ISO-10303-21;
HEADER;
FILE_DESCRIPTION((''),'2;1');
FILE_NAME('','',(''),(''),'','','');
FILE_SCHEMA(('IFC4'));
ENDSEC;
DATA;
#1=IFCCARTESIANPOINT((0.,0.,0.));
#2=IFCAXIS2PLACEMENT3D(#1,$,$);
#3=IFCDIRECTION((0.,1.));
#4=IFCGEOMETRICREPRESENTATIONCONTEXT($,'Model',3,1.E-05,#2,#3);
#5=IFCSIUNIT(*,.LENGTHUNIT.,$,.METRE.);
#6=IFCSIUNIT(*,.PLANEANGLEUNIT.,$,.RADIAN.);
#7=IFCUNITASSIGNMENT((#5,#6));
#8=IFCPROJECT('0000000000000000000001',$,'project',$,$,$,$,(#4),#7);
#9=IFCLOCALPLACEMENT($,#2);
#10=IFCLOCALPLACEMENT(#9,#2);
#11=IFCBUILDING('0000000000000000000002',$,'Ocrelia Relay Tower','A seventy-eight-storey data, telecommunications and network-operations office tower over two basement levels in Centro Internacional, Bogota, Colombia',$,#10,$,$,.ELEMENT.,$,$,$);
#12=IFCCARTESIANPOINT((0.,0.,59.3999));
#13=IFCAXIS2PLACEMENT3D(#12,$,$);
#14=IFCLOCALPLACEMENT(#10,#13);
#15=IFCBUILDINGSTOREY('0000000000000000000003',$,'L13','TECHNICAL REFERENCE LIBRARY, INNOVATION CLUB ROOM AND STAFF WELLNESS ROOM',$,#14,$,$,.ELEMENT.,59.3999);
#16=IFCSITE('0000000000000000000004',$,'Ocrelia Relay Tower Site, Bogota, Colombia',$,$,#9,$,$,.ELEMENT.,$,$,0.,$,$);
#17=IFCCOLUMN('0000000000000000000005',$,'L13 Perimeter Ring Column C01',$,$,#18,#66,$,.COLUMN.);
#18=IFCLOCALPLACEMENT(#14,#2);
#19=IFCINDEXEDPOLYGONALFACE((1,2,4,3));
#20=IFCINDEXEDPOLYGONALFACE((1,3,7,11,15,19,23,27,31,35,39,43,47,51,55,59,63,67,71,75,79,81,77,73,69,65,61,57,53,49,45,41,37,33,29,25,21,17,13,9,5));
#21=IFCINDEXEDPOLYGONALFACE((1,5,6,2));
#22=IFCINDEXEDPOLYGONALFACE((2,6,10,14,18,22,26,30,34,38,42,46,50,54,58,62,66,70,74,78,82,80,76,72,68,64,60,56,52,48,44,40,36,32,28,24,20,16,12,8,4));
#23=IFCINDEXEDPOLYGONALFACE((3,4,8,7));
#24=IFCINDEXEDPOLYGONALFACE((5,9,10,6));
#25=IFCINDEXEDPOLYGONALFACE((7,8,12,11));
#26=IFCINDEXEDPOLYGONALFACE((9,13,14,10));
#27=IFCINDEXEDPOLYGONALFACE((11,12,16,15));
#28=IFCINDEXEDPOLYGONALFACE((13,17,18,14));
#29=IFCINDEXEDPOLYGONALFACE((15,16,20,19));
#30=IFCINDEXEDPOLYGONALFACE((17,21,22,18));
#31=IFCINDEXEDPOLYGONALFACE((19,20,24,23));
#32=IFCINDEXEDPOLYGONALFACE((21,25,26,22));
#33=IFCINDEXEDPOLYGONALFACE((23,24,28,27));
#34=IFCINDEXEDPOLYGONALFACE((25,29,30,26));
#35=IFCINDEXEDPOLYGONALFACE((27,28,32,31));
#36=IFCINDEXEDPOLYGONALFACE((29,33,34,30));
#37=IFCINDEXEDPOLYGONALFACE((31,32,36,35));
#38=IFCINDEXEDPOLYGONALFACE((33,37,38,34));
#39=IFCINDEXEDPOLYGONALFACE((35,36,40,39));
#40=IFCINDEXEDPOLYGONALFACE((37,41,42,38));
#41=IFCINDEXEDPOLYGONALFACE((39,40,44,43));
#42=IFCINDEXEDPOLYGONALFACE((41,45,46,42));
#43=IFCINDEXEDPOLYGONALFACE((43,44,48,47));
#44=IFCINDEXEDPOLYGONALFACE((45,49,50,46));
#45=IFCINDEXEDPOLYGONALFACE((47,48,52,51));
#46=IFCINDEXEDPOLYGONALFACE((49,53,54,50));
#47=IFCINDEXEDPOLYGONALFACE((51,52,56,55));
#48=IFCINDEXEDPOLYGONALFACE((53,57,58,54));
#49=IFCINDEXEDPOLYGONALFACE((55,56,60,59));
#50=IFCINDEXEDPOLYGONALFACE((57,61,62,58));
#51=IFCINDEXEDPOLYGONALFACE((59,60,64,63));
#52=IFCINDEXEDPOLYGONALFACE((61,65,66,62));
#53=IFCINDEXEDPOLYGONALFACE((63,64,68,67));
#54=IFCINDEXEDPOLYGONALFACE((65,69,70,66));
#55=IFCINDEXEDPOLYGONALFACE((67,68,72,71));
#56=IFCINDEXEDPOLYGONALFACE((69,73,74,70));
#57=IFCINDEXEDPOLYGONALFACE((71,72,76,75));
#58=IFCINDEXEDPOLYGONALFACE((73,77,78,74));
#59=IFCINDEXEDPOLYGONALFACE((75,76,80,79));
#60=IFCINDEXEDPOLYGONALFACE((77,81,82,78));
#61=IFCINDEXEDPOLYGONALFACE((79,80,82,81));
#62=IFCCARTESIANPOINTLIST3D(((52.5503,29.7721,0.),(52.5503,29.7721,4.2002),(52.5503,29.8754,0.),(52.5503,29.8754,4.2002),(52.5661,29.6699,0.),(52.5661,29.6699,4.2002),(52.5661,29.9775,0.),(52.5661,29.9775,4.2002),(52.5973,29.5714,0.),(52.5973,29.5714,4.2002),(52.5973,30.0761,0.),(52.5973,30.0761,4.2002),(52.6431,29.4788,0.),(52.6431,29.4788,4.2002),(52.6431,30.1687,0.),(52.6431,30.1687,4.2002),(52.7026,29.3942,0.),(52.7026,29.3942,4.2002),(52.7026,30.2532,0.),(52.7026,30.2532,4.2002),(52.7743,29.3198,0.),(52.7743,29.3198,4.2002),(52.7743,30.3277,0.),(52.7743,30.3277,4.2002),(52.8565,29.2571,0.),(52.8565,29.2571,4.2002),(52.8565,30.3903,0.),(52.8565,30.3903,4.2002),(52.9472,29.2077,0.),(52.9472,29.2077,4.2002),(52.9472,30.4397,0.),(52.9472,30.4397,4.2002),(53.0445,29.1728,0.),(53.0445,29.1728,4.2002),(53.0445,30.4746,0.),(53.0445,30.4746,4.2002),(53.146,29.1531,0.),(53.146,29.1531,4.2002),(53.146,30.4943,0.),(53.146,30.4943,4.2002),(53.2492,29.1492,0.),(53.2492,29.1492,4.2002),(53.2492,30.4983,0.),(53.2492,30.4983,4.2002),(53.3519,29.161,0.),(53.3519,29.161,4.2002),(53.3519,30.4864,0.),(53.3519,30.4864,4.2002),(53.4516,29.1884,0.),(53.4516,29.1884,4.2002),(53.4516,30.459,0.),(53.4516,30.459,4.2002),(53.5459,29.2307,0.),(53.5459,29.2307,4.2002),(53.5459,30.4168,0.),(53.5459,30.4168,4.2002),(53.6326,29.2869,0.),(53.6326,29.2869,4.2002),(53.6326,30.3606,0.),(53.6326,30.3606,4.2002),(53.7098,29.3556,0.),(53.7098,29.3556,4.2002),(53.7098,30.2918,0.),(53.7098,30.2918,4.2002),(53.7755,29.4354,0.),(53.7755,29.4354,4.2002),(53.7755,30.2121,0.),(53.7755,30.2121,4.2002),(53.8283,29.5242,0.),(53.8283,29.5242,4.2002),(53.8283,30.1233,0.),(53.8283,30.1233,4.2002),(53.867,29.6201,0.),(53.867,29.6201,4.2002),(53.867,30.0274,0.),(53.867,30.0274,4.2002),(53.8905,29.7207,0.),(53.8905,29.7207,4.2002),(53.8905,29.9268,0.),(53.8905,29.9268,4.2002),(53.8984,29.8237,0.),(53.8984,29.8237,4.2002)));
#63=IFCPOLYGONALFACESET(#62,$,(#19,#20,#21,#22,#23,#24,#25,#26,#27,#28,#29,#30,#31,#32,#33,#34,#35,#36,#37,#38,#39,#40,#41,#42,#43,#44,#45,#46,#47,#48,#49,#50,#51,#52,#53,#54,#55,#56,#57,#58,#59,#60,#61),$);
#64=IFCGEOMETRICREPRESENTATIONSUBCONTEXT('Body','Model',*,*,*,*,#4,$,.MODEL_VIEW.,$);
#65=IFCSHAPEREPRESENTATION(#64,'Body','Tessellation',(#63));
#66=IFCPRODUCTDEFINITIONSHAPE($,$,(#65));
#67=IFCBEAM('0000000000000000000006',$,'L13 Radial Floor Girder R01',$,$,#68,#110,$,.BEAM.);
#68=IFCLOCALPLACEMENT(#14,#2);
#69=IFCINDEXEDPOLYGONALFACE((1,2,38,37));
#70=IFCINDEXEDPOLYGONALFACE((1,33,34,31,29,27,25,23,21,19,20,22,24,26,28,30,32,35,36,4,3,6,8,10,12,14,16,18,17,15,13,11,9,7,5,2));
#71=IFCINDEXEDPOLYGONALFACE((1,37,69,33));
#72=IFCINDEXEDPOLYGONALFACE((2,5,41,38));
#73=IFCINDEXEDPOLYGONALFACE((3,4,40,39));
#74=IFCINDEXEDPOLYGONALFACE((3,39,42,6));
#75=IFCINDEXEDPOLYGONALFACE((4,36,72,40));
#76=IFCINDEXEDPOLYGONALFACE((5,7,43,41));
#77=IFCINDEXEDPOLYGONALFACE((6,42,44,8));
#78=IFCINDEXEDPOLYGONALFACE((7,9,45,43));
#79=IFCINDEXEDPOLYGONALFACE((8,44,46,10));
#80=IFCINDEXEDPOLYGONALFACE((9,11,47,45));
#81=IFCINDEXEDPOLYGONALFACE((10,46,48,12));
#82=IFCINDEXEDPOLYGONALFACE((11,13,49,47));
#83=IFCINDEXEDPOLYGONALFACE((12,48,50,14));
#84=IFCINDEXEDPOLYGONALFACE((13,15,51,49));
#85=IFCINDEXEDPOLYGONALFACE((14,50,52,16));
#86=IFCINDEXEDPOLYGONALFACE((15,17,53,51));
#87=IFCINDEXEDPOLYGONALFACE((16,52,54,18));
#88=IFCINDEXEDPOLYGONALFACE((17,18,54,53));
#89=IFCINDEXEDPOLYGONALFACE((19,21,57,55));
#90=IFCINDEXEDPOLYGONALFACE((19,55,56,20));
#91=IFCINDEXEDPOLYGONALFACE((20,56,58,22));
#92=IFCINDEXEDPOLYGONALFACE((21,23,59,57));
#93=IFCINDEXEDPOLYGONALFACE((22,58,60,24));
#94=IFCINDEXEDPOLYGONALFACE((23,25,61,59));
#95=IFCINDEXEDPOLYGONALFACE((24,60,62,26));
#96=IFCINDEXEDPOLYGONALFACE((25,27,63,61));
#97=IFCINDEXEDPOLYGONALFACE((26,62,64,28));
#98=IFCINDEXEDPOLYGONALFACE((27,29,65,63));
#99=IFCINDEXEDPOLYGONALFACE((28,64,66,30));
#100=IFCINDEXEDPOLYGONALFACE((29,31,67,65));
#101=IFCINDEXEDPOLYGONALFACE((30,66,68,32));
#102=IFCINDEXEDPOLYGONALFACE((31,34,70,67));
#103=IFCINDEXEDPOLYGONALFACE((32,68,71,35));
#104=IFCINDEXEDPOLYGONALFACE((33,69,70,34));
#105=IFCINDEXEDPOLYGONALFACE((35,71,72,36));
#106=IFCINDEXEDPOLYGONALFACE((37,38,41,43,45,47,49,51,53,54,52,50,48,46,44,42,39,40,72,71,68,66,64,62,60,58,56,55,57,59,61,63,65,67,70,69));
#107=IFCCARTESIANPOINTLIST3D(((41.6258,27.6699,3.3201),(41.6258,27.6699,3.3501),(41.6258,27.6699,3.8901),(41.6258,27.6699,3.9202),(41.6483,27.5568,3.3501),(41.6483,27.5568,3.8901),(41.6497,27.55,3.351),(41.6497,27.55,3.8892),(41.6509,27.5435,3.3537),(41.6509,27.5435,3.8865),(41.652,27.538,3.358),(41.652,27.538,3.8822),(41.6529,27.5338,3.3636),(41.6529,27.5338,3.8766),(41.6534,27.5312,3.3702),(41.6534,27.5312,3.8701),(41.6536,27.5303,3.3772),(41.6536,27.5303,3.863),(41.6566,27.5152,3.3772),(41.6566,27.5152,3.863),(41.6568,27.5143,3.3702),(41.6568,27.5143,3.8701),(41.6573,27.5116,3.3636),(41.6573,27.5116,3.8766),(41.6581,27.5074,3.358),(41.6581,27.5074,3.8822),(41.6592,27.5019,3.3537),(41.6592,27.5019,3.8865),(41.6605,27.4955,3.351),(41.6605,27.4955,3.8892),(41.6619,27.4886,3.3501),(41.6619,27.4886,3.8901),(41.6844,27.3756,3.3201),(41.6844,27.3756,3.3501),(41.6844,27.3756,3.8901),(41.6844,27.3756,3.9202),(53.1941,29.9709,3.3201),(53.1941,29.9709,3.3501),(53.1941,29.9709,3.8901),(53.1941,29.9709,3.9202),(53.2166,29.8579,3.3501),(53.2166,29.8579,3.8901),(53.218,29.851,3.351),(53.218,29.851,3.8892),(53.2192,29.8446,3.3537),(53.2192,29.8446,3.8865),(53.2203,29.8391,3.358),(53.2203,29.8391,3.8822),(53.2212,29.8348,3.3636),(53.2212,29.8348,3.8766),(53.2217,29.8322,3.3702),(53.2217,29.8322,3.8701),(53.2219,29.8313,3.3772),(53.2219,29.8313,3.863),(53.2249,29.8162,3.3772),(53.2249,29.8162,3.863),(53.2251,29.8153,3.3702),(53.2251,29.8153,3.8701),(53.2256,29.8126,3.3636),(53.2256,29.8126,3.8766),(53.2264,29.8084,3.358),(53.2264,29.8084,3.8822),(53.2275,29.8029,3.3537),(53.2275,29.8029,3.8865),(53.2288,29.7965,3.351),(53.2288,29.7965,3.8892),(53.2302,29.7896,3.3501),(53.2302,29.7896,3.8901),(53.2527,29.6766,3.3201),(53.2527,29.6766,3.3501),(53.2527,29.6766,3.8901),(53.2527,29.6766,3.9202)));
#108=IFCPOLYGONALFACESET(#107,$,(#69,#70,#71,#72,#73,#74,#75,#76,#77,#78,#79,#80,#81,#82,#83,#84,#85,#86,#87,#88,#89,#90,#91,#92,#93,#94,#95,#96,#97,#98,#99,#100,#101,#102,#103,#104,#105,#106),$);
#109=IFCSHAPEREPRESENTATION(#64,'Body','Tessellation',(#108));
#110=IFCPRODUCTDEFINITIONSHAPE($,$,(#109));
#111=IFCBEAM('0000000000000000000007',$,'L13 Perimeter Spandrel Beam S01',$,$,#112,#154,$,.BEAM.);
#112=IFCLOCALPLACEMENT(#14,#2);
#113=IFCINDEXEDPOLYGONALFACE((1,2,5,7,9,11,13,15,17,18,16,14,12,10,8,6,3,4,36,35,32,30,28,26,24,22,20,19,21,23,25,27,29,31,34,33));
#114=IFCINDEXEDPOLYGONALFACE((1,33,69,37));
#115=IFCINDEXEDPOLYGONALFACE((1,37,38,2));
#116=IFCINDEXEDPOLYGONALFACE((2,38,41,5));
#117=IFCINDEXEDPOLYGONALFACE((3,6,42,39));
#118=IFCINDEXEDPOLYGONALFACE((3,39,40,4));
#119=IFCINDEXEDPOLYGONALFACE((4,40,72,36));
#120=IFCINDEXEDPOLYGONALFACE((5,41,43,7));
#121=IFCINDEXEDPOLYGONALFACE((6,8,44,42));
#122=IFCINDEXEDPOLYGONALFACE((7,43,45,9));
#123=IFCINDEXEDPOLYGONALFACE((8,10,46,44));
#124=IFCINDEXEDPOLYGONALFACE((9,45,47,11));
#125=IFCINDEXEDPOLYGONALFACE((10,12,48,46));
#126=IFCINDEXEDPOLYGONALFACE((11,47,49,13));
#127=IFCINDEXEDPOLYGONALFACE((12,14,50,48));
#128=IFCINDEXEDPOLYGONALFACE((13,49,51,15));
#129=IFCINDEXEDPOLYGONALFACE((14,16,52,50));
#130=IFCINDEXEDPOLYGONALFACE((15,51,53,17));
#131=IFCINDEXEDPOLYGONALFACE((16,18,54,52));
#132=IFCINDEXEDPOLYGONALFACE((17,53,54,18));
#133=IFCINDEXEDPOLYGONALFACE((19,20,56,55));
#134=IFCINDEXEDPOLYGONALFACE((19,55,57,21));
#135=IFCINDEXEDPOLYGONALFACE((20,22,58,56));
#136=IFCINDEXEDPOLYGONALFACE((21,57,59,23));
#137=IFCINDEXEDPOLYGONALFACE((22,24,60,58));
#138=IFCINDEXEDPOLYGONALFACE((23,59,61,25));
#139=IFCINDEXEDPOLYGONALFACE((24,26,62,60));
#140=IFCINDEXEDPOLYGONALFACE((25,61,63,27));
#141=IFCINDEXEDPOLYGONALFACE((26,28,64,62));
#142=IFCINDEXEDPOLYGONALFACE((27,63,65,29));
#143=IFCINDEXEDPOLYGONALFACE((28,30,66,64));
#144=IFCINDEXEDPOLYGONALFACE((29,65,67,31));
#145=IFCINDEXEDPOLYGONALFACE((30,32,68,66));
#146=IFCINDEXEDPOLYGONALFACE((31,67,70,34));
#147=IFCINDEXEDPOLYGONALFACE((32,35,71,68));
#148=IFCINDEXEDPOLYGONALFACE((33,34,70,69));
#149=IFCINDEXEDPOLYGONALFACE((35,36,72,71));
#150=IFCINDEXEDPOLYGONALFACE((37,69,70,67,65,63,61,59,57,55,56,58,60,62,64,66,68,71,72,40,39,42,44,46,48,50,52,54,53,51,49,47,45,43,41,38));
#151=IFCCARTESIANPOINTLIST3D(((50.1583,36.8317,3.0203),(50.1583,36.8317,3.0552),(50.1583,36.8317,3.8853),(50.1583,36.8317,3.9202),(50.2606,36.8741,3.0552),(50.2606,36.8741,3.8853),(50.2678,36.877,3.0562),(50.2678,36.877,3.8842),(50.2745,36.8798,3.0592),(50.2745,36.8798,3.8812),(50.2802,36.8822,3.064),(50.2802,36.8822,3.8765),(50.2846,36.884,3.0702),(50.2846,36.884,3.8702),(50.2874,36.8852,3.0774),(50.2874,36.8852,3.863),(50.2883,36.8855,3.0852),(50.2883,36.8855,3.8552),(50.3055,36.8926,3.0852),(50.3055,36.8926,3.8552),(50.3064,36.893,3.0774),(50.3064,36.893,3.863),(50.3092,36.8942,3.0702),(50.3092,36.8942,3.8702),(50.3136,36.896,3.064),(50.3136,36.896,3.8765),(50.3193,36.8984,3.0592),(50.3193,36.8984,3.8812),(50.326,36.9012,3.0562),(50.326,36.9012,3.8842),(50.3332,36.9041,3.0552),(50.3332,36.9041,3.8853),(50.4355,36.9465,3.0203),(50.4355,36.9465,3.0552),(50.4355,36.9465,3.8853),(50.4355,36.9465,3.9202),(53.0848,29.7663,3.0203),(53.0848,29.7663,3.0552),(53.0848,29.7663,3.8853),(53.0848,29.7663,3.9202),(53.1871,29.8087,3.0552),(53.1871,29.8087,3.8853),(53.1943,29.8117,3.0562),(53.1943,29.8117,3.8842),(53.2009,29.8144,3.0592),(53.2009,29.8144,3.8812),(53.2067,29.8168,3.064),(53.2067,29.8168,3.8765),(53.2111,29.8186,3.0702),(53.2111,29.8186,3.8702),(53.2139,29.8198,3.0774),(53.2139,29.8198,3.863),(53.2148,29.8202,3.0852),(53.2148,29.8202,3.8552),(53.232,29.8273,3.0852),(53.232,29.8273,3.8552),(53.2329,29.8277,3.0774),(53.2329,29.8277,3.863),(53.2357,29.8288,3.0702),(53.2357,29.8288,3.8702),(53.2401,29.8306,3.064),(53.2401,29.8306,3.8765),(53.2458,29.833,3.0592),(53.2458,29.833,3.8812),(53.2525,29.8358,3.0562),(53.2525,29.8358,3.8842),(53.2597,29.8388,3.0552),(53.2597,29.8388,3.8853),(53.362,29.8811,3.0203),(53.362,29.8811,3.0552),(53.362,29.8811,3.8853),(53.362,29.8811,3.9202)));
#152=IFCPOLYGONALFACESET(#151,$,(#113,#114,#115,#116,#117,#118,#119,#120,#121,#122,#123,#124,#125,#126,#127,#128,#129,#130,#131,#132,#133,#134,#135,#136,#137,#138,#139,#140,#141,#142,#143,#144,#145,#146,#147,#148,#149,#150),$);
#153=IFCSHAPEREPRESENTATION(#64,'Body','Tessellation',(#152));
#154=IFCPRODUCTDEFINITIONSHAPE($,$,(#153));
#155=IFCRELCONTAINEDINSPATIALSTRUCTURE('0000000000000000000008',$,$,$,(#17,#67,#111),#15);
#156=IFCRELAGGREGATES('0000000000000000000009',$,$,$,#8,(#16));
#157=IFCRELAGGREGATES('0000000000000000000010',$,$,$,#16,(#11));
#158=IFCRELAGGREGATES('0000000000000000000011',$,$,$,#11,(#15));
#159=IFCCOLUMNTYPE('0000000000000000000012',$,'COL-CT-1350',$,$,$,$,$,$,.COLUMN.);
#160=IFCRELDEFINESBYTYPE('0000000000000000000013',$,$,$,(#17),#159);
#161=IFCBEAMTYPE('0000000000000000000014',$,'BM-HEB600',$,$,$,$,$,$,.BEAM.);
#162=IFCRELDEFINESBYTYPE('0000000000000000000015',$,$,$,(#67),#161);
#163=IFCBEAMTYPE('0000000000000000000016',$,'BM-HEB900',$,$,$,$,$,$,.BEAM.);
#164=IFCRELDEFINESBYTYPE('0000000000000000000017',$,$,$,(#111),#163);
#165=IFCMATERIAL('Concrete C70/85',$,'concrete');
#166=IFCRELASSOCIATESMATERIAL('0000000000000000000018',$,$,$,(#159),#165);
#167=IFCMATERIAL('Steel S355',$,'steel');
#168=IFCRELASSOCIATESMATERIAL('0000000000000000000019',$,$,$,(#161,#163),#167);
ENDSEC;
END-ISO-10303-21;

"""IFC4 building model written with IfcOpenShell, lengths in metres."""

from ifc_helpers import new_model, si_unit, direction, frame, origin, origin_2d, place, context, subcontext, project, spatial, circle, i_section, extrude, material, material_profile, profile_set, type_object, element, save


model = new_model("IFC4")

# Units and contexts
model_context = context("Model", 3, precision=1e-05, world=origin(), true_north=direction((0.0, 1.0)))
body_context = subcontext(model_context, "Body", "Model", "MODEL_VIEW")
ifc_project = project(units=[si_unit("LENGTHUNIT", "METRE"), si_unit("PLANEANGLEUNIT", "RADIAN")], contexts=[model_context])

# Site, building, storey
site_placement = place(None, origin())
site = spatial("IfcSite", under=ifc_project, at=site_placement, Name="Ocrelia Relay Tower Site, Bogota, Colombia", CompositionType="ELEMENT", RefElevation=0.0)
building_placement = place(site_placement, origin())
building = spatial("IfcBuilding", under=site, at=building_placement, Name="Ocrelia Relay Tower", Description="A seventy-eight-storey data, telecommunications and network-operations office tower over two basement levels in Centro Internacional, Bogota, Colombia", CompositionType="ELEMENT")
storey_placement = place(building_placement, frame((0.0, 0.0, 59.3999)))
storey = spatial("IfcBuildingStorey", under=building, at=storey_placement, Name="L13", Description="TECHNICAL REFERENCE LIBRARY, INNOVATION CLUB ROOM AND STAFF WELLNESS ROOM", CompositionType="ELEMENT", Elevation=59.3999)

# Column
ifc_material_1 = material(Name="Concrete C70/85", Category="concrete")
ifc_material_profile_1 = material_profile(ifc_material_1, circle(Radius=0.675, at=origin_2d()), Name="RC-CIR-1350")
ifc_profile_set_1 = profile_set([ifc_material_profile_1], Name="Concrete C70/85")
column_type = type_object("IfcColumnType", Name="COL-CT-1350", PredefinedType="COLUMN", material=ifc_profile_set_1)
column_placement = place(storey_placement, frame((53.2234, 29.8237, 0.0), z_axis=(0.0, 0.0, 1.0), x_axis=(1.0, 0.0, 0.0)))
element("IfcColumn", 1, at=column_placement, inside=storey, type_object=column_type, Name="L13 Perimeter Ring Column C01", PredefinedType="COLUMN", context=body_context, shape_type="SweptSolid", body=[
    extrude(circle(Radius=0.675, at=origin_2d()), origin(), (0.0, 0.0, 1.0), 4.2002),
])

# Beams
ifc_material_2 = material(Name="Steel S355", Category="steel")
ifc_material_profile_2 = material_profile(ifc_material_2, i_section(OverallWidth=0.3, OverallDepth=0.6001, WebThickness=0.0154, FlangeThickness=0.03, FilletRadius=0.0271, at=origin_2d()), Name="HEB 600")
ifc_profile_set_2 = profile_set([ifc_material_profile_2], Name="Steel S355")
beam_type_1 = type_object("IfcBeamType", Name="BM-HEB600", PredefinedType="BEAM", material=ifc_profile_set_2)
beam_1_placement = place(storey_placement, frame((53.2234, 29.8237, 3.6201), z_axis=(-0.980786, -0.195085, 0.0), x_axis=(0.195085, -0.980786, 0.0)))
element("IfcBeam", 2, at=beam_1_placement, inside=storey, type_object=beam_type_1, Name="L13 Radial Floor Girder R01", PredefinedType="BEAM", context=body_context, shape_type="SweptSolid", body=[
    extrude(i_section(OverallWidth=0.3, OverallDepth=0.6001, WebThickness=0.0154, FlangeThickness=0.03, FilletRadius=0.0271, at=origin_2d()), origin(), (0.0, 0.0, 1.0), 11.7949),
])
ifc_material_profile_3 = material_profile(ifc_material_2, i_section(OverallWidth=0.3, OverallDepth=0.8999, WebThickness=0.0186, FlangeThickness=0.0349, FilletRadius=0.03, at=origin_2d()), Name="HEB 900")
ifc_profile_set_3 = profile_set([ifc_material_profile_3], Name="Steel S355")
beam_type_2 = type_object("IfcBeamType", Name="BM-HEB900", PredefinedType="BEAM", material=ifc_profile_set_3)
beam_2_placement = place(storey_placement, frame((53.2234, 29.8237, 3.4702), z_axis=(-0.382674, 0.923883, 0.0), x_axis=(-0.923883, -0.382674, 0.0)))
element("IfcBeam", 3, at=beam_2_placement, inside=storey, type_object=beam_type_2, Name="L13 Perimeter Spandrel Beam S01", PredefinedType="BEAM", context=body_context, shape_type="SweptSolid", body=[
    extrude(i_section(OverallWidth=0.3, OverallDepth=0.8999, WebThickness=0.0186, FlangeThickness=0.0349, FilletRadius=0.03, at=origin_2d()), origin(), (0.0, 0.0, 1.0), 7.6475),
])

save(model, "model.ifc")
